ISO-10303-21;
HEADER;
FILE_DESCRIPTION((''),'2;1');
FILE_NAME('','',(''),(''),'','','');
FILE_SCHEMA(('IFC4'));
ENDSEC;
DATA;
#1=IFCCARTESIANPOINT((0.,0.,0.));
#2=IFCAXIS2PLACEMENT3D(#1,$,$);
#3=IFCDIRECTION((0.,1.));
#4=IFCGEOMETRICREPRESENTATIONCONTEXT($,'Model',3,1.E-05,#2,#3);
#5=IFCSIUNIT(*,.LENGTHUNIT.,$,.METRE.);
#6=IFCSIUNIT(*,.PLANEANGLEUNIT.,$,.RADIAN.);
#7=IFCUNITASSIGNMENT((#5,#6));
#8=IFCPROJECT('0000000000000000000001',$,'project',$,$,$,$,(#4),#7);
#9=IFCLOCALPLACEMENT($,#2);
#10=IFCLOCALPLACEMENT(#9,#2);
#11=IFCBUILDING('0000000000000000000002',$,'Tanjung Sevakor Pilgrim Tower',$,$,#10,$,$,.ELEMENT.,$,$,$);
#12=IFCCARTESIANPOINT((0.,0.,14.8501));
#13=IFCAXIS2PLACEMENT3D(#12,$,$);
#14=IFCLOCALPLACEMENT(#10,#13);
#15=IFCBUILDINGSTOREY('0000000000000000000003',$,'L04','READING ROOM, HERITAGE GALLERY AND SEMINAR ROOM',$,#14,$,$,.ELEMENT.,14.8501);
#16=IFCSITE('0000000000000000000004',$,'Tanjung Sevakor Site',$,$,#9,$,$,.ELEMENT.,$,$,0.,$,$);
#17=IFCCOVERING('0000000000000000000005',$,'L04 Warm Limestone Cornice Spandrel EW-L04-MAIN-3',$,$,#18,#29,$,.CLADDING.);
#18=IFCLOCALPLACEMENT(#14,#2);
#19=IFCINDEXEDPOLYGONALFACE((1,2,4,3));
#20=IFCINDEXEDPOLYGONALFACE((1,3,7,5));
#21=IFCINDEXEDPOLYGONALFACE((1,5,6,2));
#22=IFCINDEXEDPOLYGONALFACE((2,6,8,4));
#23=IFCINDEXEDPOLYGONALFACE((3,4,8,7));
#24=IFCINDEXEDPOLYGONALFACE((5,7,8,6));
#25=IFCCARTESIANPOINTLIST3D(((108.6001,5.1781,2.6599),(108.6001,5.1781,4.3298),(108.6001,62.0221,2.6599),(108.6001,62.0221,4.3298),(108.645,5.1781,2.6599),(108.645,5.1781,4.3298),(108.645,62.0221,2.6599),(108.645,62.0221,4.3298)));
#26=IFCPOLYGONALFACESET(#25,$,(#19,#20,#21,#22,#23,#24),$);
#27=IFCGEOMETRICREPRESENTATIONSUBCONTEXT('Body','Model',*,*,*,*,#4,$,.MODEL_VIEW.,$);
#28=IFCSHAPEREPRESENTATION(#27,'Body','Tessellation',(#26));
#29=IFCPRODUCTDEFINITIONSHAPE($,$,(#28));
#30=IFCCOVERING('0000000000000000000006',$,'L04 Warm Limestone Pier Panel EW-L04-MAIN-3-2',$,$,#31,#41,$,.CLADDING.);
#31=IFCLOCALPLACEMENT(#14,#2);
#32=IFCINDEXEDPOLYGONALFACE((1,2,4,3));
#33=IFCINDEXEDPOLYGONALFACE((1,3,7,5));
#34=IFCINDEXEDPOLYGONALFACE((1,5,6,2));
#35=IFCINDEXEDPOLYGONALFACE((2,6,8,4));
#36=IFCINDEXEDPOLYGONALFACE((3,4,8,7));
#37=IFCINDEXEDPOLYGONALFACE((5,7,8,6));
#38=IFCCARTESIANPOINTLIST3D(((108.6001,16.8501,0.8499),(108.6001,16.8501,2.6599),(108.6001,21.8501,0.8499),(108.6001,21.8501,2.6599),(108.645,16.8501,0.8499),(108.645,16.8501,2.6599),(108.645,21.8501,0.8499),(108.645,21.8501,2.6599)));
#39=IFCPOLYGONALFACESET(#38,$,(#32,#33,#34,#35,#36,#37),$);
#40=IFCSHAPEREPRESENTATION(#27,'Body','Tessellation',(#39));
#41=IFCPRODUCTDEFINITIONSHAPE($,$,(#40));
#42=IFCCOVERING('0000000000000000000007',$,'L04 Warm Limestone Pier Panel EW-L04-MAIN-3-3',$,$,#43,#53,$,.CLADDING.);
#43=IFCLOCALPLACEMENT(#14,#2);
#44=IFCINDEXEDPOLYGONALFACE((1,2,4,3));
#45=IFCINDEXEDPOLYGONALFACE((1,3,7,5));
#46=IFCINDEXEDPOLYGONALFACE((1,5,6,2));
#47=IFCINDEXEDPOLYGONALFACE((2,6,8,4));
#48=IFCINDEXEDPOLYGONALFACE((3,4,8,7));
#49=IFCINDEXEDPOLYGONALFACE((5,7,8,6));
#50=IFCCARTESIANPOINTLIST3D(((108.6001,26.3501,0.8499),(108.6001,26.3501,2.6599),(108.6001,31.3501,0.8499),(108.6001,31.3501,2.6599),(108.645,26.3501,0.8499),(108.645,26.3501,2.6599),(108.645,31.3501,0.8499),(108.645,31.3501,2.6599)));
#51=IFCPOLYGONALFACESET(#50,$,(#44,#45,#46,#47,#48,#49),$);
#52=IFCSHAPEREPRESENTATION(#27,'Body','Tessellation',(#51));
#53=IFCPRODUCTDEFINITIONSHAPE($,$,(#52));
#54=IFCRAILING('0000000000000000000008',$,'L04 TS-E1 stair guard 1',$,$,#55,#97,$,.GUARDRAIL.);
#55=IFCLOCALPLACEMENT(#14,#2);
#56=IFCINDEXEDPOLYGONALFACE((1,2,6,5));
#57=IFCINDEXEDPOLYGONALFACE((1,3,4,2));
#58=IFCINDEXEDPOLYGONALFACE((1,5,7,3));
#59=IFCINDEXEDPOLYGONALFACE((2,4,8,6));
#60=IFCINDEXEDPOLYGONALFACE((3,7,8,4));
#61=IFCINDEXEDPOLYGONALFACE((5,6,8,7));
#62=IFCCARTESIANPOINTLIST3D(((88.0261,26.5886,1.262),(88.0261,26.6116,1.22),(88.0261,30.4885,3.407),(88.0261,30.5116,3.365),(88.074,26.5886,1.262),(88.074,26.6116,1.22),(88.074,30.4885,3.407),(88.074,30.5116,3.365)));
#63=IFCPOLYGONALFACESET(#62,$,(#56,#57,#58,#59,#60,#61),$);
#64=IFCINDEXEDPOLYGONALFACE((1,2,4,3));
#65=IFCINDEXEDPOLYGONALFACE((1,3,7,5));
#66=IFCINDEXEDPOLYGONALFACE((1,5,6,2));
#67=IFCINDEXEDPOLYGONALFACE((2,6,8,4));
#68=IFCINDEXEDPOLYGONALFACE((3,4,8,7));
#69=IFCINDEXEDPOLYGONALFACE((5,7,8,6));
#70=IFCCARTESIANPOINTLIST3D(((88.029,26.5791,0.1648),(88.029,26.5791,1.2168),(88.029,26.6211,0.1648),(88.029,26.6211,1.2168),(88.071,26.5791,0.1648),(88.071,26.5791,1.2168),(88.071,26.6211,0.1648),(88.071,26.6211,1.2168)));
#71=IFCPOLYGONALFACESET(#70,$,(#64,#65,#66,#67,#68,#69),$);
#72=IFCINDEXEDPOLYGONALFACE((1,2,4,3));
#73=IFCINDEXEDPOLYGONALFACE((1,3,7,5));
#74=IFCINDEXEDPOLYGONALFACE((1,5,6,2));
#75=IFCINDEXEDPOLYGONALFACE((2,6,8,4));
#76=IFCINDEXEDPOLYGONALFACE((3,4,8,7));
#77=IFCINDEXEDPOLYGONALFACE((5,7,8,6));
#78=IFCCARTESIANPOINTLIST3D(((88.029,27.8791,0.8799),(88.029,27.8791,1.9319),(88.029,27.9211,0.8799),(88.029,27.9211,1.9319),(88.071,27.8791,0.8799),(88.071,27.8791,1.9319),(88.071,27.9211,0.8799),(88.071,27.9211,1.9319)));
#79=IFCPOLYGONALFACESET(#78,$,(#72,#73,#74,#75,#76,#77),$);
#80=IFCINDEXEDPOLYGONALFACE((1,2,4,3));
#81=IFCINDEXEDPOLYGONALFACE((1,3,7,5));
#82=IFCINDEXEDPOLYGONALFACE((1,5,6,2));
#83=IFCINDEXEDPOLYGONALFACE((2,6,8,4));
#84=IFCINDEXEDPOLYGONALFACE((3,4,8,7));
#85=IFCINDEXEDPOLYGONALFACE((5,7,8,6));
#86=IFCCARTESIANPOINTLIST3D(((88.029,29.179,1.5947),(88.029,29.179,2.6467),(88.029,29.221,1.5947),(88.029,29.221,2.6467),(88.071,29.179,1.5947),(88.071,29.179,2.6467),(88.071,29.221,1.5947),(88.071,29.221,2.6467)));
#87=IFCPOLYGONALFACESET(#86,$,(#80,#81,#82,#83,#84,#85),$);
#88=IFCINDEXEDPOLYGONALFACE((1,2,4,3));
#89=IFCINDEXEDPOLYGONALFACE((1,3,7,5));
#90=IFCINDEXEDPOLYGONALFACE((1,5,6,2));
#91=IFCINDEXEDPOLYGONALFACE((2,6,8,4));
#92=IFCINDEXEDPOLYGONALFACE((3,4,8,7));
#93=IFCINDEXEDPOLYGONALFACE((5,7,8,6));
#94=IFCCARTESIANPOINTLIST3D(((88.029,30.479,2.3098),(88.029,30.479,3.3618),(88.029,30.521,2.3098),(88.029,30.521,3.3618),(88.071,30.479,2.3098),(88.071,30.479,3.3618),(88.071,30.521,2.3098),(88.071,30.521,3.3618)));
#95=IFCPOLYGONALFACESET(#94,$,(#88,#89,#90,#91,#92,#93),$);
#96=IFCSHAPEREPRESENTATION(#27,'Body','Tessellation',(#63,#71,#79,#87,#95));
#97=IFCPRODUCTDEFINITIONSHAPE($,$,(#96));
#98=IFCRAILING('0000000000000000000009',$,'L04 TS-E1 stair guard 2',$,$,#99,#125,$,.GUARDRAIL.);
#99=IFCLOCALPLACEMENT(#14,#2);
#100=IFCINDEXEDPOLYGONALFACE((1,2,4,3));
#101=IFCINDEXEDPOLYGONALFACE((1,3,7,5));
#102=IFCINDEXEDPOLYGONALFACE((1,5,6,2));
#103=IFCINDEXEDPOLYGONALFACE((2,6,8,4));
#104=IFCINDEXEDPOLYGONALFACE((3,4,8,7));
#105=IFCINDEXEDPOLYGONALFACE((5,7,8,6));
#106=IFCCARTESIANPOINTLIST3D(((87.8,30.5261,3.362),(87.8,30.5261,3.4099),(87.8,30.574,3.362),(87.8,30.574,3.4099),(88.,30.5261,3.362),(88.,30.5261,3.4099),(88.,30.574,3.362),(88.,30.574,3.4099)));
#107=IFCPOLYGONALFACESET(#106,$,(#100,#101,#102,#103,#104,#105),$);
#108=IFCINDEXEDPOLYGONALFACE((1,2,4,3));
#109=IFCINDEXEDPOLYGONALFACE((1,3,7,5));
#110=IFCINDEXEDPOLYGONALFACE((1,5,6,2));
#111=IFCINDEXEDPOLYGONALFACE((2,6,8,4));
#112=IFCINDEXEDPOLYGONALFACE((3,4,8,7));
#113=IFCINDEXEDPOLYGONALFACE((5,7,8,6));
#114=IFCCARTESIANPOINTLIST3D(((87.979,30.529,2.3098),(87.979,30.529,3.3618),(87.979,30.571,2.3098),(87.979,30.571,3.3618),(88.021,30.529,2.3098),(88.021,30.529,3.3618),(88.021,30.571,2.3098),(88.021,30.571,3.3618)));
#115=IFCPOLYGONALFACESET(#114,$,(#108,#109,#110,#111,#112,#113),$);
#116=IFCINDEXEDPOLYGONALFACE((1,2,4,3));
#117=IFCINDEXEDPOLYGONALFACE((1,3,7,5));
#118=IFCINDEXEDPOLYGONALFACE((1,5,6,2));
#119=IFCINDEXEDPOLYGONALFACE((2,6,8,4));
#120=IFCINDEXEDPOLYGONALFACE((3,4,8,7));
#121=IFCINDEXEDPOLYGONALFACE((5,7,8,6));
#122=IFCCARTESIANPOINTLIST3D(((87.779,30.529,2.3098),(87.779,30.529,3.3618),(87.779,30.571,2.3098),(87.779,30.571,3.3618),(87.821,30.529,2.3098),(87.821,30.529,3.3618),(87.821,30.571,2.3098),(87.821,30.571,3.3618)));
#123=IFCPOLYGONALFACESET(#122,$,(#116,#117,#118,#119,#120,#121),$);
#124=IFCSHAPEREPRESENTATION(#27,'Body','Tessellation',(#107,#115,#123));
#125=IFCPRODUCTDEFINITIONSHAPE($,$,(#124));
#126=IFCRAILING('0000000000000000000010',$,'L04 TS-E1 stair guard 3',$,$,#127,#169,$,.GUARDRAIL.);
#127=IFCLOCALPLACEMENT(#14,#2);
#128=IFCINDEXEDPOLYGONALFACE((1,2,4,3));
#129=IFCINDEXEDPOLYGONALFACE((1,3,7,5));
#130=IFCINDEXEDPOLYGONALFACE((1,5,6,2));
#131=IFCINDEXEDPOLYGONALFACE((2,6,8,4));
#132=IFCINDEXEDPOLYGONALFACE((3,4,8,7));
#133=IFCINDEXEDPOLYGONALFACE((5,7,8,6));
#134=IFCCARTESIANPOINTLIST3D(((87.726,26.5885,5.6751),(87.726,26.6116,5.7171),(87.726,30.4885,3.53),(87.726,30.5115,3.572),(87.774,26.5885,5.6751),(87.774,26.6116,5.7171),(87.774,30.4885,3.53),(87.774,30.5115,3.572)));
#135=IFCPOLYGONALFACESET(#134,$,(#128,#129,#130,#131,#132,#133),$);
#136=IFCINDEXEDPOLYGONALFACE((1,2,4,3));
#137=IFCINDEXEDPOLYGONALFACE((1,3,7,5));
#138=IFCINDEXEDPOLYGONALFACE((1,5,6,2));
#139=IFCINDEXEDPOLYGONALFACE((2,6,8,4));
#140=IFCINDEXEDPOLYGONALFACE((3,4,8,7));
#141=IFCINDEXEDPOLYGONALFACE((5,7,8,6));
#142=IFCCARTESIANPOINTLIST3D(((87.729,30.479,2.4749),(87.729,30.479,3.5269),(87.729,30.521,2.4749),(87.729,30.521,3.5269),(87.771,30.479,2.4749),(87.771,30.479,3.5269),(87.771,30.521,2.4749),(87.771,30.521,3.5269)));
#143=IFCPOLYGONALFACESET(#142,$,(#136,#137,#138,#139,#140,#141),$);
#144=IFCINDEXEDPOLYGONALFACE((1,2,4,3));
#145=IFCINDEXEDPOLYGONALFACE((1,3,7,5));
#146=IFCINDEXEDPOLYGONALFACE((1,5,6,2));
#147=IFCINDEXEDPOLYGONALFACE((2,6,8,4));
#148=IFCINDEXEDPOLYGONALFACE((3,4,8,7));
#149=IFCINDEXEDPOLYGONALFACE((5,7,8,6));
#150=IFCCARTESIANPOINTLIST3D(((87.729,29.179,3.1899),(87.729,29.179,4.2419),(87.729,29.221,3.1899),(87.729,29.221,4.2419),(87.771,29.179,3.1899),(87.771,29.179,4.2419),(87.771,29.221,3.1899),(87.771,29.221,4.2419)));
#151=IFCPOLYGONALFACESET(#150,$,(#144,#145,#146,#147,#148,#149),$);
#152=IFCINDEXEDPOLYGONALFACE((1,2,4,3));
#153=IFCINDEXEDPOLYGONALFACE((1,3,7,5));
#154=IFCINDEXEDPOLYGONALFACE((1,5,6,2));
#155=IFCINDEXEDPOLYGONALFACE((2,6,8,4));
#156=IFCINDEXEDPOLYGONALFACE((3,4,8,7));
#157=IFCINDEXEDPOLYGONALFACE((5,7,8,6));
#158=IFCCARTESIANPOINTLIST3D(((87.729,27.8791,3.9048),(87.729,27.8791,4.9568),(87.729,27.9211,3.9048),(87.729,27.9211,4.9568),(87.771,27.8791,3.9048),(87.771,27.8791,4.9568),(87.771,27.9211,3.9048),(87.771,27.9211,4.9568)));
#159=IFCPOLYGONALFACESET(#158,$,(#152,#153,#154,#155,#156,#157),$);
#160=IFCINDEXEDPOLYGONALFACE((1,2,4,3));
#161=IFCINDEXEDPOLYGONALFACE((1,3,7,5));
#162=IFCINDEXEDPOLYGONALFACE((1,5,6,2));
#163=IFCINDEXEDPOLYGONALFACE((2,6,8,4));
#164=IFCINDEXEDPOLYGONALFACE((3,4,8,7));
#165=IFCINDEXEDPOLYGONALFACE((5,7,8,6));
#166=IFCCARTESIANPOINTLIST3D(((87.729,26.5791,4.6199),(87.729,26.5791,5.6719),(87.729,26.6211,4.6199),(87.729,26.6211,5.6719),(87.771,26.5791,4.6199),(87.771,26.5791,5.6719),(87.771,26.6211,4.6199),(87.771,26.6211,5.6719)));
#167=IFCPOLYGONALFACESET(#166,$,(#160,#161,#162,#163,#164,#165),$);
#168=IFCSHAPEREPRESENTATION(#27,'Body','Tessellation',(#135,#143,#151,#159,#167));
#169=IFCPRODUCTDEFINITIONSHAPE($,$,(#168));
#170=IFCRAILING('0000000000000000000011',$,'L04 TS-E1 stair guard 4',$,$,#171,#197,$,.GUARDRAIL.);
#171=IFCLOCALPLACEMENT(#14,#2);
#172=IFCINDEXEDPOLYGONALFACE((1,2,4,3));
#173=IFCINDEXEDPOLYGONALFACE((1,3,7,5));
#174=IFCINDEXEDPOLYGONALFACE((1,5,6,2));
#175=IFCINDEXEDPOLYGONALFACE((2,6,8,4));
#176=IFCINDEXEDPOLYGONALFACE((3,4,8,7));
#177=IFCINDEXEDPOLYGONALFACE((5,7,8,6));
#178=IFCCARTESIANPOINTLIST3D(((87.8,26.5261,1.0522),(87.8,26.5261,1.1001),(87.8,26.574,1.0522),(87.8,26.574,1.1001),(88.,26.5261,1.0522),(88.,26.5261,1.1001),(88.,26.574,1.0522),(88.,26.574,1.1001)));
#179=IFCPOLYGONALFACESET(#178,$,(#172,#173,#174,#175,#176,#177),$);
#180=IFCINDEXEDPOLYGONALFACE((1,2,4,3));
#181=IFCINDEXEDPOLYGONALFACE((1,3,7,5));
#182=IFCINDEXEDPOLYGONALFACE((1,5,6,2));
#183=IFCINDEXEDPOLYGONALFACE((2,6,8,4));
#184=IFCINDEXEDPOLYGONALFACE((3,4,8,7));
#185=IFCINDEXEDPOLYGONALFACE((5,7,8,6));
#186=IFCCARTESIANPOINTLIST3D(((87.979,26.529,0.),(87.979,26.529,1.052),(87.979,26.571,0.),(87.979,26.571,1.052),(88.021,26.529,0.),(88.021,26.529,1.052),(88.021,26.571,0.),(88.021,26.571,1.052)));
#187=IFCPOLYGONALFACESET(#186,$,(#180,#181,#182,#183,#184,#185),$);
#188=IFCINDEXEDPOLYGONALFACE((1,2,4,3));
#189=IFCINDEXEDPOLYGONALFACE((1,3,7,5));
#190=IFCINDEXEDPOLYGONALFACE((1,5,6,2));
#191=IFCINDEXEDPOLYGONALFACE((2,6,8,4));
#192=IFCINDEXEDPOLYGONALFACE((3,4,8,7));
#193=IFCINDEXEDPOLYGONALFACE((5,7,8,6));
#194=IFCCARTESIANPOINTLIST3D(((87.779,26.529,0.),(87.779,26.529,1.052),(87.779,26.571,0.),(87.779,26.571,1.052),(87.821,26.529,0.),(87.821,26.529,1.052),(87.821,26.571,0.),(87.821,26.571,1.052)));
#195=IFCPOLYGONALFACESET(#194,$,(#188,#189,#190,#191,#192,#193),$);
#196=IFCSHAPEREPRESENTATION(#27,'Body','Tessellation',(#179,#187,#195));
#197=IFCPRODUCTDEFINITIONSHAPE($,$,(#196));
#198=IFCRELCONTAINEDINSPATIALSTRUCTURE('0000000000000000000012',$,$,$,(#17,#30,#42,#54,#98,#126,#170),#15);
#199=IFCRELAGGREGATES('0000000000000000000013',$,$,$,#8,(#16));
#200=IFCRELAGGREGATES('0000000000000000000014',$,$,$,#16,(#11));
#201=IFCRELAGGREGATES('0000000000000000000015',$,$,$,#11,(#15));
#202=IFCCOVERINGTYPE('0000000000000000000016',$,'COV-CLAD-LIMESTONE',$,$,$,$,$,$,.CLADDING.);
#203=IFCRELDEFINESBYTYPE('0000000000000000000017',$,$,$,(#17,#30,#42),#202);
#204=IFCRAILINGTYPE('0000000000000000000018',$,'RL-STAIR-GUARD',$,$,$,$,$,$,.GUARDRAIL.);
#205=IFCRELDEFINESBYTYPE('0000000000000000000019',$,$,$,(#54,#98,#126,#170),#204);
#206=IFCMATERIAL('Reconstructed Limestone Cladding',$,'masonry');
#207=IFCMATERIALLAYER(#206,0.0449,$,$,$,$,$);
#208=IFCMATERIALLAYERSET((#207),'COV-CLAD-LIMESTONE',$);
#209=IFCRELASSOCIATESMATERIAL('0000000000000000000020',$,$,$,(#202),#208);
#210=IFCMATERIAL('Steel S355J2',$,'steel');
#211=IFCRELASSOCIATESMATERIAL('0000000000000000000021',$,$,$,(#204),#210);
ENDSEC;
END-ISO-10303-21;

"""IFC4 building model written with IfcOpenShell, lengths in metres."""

from ifc_helpers import new_model, si_unit, direction, frame, origin, origin_2d, place, context, subcontext, project, spatial, rectangle, extrude, material, layer, layer_set, type_object, element, save


model = new_model("IFC4")

# Units and contexts
model_context = context("Model", 3, precision=1e-05, world=origin(), true_north=direction((0.0, 1.0)))
body_context = subcontext(model_context, "Body", "Model", "MODEL_VIEW")
ifc_project = project(units=[si_unit("LENGTHUNIT", "METRE"), si_unit("PLANEANGLEUNIT", "RADIAN")], contexts=[model_context])

# Site, building, storey
site_placement = place(None, origin())
site = spatial("IfcSite", under=ifc_project, at=site_placement, Name="Tanjung Sevakor Site", CompositionType="ELEMENT", RefElevation=0.0)
building_placement = place(site_placement, origin())
building = spatial("IfcBuilding", under=site, at=building_placement, Name="Tanjung Sevakor Pilgrim Tower", CompositionType="ELEMENT")
storey_placement = place(building_placement, frame((0.0, 0.0, 14.8501)))
storey = spatial("IfcBuildingStorey", under=building, at=storey_placement, Name="L04", Description="READING ROOM, HERITAGE GALLERY AND SEMINAR ROOM", CompositionType="ELEMENT", Elevation=14.8501)

# Coverings
ifc_material_1 = material(Name="Reconstructed Limestone Cladding", Category="masonry")
ifc_layer_1 = layer(ifc_material_1, 0.0449)
ifc_layer_set_1 = layer_set([ifc_layer_1], Name="COV-CLAD-LIMESTONE")
covering_type = type_object("IfcCoveringType", Name="COV-CLAD-LIMESTONE", PredefinedType="CLADDING", material=ifc_layer_set_1)
covering_1_placement = place(storey_placement, frame((108.6226, 33.6001, 2.6599), z_axis=(0.0, 0.0, 1.0), x_axis=(0.0, 1.0, 0.0)))
element("IfcCovering", 1, at=covering_1_placement, inside=storey, type_object=covering_type, Name="L04 Warm Limestone Cornice Spandrel EW-L04-MAIN-3", PredefinedType="CLADDING", context=body_context, shape_type="SweptSolid", body=[
    extrude(rectangle(XDim=56.844, YDim=0.0449, at=origin_2d()), origin(), (0.0, 0.0, 1.0), 1.6699),
])
for number, where, z_axis, x_axis, name in (
    (2, (108.6226, 19.3501, 0.8499), (0.0, 0.0, 1.0), (0.0, 1.0, 0.0), "L04 Warm Limestone Pier Panel EW-L04-MAIN-3-2"),
    (3, (108.6226, 28.8501, 0.8499), (0.0, 0.0, 1.0), (0.0, 1.0, 0.0), "L04 Warm Limestone Pier Panel EW-L04-MAIN-3-3"),
):
    element("IfcCovering", number, at=place(storey_placement, frame(where, z_axis=z_axis, x_axis=x_axis)), inside=storey, type_object=covering_type, Name=name, PredefinedType="CLADDING", context=body_context, shape_type="SweptSolid", body=[
        extrude(rectangle(XDim=5.0, YDim=0.0449, at=origin_2d()), origin(), (0.0, 0.0, 1.0), 1.8101),
    ])

# Railings
ifc_material_2 = material(Name="Steel S355J2", Category="steel")
railing_type_1 = type_object("IfcRailingType", Name="RL-STAIR-GUARD", PredefinedType="GUARDRAIL", material=ifc_material_2)
railing_1_placement = place(storey_placement, frame((88.05, 26.6001, 0.1648)))
element("IfcRailing", 4, at=railing_1_placement, inside=storey, type_object=railing_type_1, Name="L04 TS-E1 stair guard 1", PredefinedType="GUARDRAIL", context=body_context, shape_type="SweptSolid", body=[
    extrude(rectangle(XDim=0.0479, YDim=0.0479), frame((0.0, 0.0, 1.0762), z_axis=(0.0, 0.876209, 0.481931), x_axis=(-1.0, 0.0, 0.0)), (0.0, 0.0, 1.0), 4.4509),
    extrude(rectangle(XDim=0.042, YDim=0.042), origin(), (0.0, 0.0, 1.0), 1.052),
    extrude(rectangle(XDim=0.042, YDim=0.042), frame((0.0, 1.3, 0.7151)), (0.0, 0.0, 1.0), 1.052),
    extrude(rectangle(XDim=0.042, YDim=0.042), frame((0.0, 2.5999, 1.4299)), (0.0, 0.0, 1.0), 1.052),
    extrude(rectangle(XDim=0.042, YDim=0.042), frame((0.0, 3.8999, 2.145)), (0.0, 0.0, 1.0), 1.052),
])
railing_2_placement = place(storey_placement, frame((88.0, 30.55, 2.3098)))
element("IfcRailing", 5, at=railing_2_placement, inside=storey, type_object=railing_type_1, Name="L04 TS-E1 stair guard 2", PredefinedType="GUARDRAIL", context=body_context, shape_type="SweptSolid", body=[
    extrude(rectangle(XDim=0.0479, YDim=0.0479), frame((0.0, 0.0, 1.0762), z_axis=(-1.0, 0.0, 0.0), x_axis=(0.0, -1.0, 0.0)), (0.0, 0.0, 1.0), 0.2),
    extrude(rectangle(XDim=0.042, YDim=0.042), origin(), (0.0, 0.0, 1.0), 1.052),
    extrude(rectangle(XDim=0.042, YDim=0.042), frame((-0.2, 0.0, 0.0)), (0.0, 0.0, 1.0), 1.052),
])
railing_3_placement = place(storey_placement, frame((87.75, 30.5, 2.4749)))
element("IfcRailing", 6, at=railing_3_placement, inside=storey, type_object=railing_type_1, Name="L04 TS-E1 stair guard 3", PredefinedType="GUARDRAIL", context=body_context, shape_type="SweptSolid", body=[
    extrude(rectangle(XDim=0.0479, YDim=0.0479), frame((0.0, 0.0, 1.0762), z_axis=(0.0, -0.876209, 0.481931), x_axis=(1.0, 0.0, 0.0)), (0.0, 0.0, 1.0), 4.4509),
    extrude(rectangle(XDim=0.042, YDim=0.042), origin(), (0.0, 0.0, 1.0), 1.052),
    extrude(rectangle(XDim=0.042, YDim=0.042), frame((0.0, -1.3, 0.7151)), (0.0, 0.0, 1.0), 1.052),
    extrude(rectangle(XDim=0.042, YDim=0.042), frame((0.0, -2.5999, 1.4299)), (0.0, 0.0, 1.0), 1.052),
    extrude(rectangle(XDim=0.042, YDim=0.042), frame((0.0, -3.8999, 2.145)), (0.0, 0.0, 1.0), 1.052),
])
railing_4_placement = place(storey_placement, frame((88.0, 26.55, 0.0)))
element("IfcRailing", 7, at=railing_4_placement, inside=storey, type_object=railing_type_1, Name="L04 TS-E1 stair guard 4", PredefinedType="GUARDRAIL", context=body_context, shape_type="SweptSolid", body=[
    extrude(rectangle(XDim=0.0479, YDim=0.0479), frame((0.0, 0.0, 1.0762), z_axis=(-1.0, 0.0, 0.0), x_axis=(0.0, -1.0, 0.0)), (0.0, 0.0, 1.0), 0.2),
    extrude(rectangle(XDim=0.042, YDim=0.042), origin(), (0.0, 0.0, 1.0), 1.052),
    extrude(rectangle(XDim=0.042, YDim=0.042), frame((-0.2, 0.0, 0.0)), (0.0, 0.0, 1.0), 1.052),
])

save(model, "model.ifc")
